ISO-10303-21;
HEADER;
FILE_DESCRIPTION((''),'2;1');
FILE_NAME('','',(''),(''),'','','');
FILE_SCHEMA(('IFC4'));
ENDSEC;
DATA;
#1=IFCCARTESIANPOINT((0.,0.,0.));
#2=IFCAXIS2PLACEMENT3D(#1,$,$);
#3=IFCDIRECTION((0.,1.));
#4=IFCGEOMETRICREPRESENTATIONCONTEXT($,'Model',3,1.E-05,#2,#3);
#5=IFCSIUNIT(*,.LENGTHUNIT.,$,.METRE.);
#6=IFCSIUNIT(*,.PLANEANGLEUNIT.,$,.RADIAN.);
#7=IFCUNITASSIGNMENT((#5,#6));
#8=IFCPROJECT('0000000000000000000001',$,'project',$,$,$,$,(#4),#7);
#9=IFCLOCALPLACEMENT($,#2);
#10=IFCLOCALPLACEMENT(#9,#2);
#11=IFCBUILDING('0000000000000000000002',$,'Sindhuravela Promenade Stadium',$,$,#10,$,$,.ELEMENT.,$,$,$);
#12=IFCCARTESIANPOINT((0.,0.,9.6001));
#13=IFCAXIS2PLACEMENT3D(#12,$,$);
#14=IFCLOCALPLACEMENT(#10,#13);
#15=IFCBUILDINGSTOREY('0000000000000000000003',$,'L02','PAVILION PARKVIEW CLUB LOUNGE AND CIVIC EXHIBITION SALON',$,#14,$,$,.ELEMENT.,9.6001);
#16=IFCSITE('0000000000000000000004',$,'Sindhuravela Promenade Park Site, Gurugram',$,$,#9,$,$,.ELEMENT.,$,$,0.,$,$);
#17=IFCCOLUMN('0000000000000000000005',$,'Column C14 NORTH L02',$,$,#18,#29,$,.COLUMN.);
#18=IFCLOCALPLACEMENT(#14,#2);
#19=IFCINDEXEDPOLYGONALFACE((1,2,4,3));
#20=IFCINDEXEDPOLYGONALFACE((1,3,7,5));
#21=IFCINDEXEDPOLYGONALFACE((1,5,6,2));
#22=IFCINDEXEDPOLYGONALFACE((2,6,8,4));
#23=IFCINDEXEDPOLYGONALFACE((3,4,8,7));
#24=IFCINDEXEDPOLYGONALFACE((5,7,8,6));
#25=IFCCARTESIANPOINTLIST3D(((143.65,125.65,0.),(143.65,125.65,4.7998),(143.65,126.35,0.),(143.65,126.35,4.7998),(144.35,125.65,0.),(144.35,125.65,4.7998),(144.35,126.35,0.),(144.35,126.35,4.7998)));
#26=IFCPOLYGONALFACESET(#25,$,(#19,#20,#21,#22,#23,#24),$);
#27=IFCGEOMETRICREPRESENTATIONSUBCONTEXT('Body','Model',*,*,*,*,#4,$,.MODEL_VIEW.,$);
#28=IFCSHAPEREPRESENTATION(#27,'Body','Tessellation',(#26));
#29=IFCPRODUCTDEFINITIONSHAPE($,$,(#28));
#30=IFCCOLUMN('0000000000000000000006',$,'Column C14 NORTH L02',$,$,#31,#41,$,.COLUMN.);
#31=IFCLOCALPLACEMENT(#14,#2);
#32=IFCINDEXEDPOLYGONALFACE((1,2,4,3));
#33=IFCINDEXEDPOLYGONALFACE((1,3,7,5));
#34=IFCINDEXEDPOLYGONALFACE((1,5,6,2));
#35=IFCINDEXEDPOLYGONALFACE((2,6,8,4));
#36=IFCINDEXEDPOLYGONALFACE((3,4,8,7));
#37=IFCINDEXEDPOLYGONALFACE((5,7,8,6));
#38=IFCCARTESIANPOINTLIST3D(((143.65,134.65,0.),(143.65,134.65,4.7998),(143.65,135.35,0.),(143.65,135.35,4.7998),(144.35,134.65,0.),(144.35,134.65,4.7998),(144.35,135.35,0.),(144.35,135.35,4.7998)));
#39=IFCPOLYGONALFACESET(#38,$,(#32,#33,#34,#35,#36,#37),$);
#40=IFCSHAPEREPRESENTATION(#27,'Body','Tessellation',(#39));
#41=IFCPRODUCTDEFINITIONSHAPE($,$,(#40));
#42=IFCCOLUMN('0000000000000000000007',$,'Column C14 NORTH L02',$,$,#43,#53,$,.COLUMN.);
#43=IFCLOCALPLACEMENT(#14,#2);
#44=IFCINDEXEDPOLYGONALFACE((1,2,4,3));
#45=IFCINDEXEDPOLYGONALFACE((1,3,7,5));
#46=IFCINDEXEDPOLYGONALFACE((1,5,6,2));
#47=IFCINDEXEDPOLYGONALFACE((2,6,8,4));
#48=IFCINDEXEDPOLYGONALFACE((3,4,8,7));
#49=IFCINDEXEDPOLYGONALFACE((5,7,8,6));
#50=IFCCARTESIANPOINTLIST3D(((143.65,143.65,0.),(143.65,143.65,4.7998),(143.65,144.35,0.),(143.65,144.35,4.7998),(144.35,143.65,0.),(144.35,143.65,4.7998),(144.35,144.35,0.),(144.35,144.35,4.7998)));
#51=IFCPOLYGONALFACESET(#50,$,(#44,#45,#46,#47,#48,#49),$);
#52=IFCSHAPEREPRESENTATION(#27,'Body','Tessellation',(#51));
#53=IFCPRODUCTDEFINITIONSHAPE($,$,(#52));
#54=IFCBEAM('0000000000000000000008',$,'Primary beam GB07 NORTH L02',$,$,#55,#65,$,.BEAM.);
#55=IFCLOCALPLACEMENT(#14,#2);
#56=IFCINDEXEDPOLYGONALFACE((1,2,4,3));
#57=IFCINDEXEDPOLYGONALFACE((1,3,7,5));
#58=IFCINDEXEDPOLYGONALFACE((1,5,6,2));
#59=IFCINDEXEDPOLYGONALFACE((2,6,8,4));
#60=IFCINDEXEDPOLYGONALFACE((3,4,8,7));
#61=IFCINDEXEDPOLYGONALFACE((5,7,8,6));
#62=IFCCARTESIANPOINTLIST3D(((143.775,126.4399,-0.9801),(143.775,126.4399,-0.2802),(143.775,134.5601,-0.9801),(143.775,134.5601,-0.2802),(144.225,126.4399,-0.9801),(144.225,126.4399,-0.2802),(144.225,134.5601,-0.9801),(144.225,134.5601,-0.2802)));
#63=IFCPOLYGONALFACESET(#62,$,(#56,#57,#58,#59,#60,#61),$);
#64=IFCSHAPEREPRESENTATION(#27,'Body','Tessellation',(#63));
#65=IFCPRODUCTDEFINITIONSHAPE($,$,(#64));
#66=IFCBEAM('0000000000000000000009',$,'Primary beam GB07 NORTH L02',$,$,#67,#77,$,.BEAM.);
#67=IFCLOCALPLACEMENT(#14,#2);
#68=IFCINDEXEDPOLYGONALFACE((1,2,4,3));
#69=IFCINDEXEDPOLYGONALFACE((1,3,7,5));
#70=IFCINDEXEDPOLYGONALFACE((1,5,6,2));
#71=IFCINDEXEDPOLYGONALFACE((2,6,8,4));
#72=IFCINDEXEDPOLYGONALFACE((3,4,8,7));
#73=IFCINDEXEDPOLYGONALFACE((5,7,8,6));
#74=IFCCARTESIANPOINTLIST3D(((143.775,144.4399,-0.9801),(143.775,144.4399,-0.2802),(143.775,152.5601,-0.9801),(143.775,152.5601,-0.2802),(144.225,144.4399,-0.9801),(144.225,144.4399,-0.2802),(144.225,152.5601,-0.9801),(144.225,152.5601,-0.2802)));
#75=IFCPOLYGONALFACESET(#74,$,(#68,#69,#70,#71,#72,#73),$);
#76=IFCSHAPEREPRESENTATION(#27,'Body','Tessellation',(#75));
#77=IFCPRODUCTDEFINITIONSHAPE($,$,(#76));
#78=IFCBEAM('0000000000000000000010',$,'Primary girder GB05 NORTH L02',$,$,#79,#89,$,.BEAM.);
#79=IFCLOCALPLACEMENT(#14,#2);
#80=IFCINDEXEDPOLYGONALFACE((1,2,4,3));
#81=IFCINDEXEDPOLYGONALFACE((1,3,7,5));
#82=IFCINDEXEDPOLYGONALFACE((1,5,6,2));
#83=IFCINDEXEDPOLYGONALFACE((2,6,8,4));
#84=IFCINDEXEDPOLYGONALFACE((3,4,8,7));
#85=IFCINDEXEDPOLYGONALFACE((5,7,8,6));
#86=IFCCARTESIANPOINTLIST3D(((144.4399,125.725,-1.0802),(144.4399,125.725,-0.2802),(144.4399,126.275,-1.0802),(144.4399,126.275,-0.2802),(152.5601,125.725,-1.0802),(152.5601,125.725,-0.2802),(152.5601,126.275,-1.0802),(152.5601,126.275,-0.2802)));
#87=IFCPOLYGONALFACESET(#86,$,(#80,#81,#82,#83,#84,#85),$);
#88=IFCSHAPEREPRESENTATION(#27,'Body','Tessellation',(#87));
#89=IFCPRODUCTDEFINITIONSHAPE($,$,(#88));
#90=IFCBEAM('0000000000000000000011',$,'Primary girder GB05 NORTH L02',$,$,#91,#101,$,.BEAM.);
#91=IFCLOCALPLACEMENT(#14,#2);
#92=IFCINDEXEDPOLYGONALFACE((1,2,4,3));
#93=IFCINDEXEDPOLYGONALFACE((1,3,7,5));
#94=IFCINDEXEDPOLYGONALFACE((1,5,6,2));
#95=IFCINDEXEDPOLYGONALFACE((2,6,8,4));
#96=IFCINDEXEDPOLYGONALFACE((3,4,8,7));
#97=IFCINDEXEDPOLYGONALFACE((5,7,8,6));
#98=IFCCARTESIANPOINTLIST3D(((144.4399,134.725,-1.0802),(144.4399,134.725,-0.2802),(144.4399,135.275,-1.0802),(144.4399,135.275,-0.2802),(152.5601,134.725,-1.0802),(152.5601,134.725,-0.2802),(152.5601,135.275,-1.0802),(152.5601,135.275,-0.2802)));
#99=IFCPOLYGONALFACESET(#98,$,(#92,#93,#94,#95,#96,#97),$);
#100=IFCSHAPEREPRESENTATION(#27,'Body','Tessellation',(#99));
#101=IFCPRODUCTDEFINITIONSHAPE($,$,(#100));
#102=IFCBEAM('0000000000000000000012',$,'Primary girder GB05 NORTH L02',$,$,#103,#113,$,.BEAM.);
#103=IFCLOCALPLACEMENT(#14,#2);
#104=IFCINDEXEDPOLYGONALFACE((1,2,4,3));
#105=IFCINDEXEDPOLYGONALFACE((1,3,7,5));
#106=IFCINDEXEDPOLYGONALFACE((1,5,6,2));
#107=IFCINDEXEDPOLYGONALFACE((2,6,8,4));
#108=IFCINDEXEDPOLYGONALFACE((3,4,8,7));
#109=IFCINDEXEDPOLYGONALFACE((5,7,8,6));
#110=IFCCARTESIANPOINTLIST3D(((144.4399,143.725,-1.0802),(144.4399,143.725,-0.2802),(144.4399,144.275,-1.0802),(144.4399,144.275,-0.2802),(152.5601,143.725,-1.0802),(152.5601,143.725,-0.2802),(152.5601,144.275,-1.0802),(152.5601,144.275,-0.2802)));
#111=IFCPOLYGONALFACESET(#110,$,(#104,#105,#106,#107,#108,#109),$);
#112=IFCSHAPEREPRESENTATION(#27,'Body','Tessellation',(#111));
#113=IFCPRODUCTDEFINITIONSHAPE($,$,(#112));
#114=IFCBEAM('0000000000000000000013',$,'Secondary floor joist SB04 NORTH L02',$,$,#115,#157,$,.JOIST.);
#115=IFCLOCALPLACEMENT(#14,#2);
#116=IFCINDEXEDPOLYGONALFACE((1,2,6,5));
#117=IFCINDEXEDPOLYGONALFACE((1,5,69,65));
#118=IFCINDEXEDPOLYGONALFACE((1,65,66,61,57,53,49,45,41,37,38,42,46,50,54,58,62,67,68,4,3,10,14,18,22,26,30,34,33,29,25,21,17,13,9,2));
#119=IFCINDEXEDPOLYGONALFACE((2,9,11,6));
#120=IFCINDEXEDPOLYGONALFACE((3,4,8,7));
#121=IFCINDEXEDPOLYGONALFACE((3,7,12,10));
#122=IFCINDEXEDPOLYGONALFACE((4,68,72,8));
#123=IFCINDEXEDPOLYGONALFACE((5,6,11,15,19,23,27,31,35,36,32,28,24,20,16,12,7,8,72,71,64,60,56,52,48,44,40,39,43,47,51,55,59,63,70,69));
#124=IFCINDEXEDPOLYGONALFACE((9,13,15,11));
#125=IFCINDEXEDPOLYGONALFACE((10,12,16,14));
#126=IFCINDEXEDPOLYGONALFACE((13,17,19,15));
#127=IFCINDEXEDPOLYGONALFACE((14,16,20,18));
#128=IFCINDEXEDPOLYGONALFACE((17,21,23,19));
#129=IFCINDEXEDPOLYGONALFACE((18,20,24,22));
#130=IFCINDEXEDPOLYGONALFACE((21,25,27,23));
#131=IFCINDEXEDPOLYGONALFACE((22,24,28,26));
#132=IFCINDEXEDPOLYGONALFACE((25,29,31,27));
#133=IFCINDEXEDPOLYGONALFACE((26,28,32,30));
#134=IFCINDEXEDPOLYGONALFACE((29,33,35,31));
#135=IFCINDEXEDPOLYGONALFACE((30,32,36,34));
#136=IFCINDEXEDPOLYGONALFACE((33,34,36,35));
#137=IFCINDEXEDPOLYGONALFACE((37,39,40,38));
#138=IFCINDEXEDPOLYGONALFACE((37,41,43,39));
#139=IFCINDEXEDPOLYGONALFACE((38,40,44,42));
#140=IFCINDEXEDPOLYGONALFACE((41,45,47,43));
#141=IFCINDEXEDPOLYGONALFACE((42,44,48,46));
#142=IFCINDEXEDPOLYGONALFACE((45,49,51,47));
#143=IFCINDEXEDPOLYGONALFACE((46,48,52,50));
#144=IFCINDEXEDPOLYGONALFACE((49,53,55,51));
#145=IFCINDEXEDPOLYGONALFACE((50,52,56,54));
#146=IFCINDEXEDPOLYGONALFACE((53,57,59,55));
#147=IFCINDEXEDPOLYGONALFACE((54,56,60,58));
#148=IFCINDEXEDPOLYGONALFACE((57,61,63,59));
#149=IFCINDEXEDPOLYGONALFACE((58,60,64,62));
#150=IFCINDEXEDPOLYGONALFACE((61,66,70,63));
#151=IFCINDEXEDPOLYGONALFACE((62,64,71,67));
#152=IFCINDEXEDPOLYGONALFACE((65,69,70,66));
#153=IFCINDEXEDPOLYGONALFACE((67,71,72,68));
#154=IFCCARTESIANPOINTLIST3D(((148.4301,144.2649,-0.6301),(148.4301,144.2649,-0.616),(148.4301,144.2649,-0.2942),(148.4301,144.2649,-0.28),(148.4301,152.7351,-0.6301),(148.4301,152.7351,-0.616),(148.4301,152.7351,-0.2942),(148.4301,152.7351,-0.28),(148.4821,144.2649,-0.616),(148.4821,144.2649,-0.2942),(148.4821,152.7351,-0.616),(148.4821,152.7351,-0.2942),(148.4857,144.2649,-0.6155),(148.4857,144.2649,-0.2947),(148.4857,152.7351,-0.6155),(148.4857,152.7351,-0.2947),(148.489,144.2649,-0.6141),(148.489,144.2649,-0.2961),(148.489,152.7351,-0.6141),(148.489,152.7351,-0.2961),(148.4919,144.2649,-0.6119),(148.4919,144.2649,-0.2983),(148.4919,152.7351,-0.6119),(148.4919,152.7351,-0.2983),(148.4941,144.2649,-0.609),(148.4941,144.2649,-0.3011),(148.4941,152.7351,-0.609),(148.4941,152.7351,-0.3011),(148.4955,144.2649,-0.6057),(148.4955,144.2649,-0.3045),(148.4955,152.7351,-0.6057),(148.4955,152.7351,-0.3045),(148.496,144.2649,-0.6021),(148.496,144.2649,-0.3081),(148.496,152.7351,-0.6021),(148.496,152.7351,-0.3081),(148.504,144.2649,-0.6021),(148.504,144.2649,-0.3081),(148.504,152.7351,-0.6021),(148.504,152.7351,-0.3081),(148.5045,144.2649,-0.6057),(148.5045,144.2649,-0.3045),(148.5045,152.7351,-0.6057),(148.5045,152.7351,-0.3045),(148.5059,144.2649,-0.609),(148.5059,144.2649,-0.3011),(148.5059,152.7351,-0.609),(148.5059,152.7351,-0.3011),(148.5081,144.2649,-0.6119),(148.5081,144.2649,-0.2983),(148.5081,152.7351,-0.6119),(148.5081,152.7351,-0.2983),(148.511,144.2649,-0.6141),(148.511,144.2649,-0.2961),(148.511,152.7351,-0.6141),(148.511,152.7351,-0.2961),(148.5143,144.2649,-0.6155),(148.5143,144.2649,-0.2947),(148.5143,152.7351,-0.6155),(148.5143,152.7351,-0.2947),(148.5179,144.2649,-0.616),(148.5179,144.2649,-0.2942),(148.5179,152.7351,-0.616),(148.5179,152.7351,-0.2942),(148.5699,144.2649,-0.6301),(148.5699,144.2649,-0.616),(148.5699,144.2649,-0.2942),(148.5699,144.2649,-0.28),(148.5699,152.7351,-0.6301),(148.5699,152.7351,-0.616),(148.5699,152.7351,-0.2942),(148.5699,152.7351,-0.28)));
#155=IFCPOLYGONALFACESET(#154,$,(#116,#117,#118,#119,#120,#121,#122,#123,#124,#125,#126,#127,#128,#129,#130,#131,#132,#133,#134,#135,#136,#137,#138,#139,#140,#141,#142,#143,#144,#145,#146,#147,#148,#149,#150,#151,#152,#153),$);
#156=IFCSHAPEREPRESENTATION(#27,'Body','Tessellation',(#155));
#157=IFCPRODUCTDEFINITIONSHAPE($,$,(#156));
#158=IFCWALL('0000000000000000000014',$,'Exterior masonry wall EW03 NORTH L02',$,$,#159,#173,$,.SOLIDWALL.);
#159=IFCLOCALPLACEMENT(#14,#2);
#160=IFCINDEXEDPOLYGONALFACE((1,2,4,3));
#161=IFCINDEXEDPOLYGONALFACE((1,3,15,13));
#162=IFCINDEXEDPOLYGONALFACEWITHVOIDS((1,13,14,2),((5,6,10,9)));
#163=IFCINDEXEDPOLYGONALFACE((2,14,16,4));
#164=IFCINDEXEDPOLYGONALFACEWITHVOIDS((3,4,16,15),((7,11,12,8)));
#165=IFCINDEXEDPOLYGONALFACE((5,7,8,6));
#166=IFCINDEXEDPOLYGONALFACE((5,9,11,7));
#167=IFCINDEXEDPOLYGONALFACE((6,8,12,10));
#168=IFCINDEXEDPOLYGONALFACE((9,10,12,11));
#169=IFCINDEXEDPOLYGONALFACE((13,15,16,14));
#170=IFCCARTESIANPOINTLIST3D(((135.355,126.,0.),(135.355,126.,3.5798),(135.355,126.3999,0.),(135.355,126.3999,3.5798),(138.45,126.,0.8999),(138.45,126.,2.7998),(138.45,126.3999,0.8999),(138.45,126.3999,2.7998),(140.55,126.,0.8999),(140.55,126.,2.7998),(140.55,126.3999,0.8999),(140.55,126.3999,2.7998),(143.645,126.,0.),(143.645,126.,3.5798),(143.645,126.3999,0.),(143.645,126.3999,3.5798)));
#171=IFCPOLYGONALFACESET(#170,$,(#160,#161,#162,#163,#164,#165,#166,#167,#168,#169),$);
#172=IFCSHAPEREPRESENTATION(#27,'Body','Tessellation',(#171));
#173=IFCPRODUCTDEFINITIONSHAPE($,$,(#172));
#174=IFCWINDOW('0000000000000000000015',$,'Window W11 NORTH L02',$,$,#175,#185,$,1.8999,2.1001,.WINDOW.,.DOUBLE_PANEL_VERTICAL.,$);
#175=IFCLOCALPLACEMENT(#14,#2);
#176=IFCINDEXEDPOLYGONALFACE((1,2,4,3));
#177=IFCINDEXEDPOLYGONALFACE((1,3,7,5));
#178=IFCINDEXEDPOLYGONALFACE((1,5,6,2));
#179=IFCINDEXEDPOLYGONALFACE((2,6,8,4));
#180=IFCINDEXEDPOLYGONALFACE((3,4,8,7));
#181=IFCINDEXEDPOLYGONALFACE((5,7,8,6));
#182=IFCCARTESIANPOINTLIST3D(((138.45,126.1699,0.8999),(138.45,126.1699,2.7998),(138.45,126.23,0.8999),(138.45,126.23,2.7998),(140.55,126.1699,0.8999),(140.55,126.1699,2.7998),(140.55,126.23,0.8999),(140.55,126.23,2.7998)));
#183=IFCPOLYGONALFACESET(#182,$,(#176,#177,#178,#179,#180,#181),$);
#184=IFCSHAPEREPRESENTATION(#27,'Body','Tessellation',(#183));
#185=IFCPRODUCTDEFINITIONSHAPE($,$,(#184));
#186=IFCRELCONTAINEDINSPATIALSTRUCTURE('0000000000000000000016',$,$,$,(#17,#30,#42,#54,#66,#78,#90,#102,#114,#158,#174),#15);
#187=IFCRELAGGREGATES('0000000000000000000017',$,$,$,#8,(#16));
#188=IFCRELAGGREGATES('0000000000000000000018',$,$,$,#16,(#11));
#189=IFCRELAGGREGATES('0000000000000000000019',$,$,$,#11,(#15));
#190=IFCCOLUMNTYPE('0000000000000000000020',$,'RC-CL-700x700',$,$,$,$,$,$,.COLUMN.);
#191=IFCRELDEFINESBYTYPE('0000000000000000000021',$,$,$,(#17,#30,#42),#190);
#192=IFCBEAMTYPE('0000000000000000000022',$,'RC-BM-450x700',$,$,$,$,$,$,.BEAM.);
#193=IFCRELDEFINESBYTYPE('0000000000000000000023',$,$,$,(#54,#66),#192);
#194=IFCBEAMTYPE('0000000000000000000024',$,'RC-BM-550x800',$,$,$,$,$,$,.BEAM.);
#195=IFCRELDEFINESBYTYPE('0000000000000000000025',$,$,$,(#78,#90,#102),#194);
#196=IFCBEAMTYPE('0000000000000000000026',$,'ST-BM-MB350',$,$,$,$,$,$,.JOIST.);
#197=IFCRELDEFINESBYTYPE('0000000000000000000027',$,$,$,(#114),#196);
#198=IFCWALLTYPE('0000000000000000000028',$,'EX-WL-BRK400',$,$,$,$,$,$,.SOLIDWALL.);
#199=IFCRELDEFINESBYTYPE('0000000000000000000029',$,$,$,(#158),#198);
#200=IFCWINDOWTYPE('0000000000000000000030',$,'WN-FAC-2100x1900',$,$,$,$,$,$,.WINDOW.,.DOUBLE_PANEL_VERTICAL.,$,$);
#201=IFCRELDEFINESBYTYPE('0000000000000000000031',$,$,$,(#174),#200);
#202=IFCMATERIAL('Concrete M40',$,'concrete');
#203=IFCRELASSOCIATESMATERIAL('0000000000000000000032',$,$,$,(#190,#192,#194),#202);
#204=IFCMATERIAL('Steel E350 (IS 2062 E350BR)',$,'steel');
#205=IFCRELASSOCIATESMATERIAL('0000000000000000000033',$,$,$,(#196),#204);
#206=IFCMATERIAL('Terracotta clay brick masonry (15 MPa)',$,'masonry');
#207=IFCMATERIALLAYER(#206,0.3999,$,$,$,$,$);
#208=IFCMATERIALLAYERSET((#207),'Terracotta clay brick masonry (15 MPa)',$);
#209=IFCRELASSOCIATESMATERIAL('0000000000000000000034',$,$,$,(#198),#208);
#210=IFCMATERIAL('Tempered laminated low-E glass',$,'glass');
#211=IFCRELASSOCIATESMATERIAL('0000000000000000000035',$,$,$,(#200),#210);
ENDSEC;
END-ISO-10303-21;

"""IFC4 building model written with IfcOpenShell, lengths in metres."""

from ifc_helpers import new_model, si_unit, direction, frame, frame_2d, origin, origin_2d, place, context, subcontext, project, spatial, rectangle, i_section, extrude, material, layer, layer_set, material_profile, profile_set, type_object, element, fill, save


model = new_model("IFC4")

# Units and contexts
model_context = context("Model", 3, precision=1e-05, world=origin(), true_north=direction((0.0, 1.0)))
body_context = subcontext(model_context, "Body", "Model", "MODEL_VIEW")
ifc_project = project(units=[si_unit("LENGTHUNIT", "METRE"), si_unit("PLANEANGLEUNIT", "RADIAN")], contexts=[model_context])

# Site, building, storey
site_placement = place(None, origin())
site = spatial("IfcSite", under=ifc_project, at=site_placement, Name="Sindhuravela Promenade Park Site, Gurugram", CompositionType="ELEMENT", RefElevation=0.0)
building_placement = place(site_placement, origin())
building = spatial("IfcBuilding", under=site, at=building_placement, Name="Sindhuravela Promenade Stadium", CompositionType="ELEMENT")
storey_placement = place(building_placement, frame((0.0, 0.0, 9.6001)))
storey = spatial("IfcBuildingStorey", under=building, at=storey_placement, Name="L02", Description="PAVILION PARKVIEW CLUB LOUNGE AND CIVIC EXHIBITION SALON", CompositionType="ELEMENT", Elevation=9.6001)

# Columns
ifc_material_1 = material(Name="Concrete M40", Category="concrete")
ifc_material_profile_1 = material_profile(ifc_material_1, rectangle(XDim=0.7, YDim=0.7, at=origin_2d()), Name="RC 700x700")
ifc_profile_set_1 = profile_set([ifc_material_profile_1], Name="Concrete M40")
column_type = type_object("IfcColumnType", Name="RC-CL-700x700", PredefinedType="COLUMN", material=ifc_profile_set_1)
for number, where, z_axis, x_axis, name in (
    (1, (144.0, 126.0, 0.0), (0.0, 0.0, 1.0), (1.0, 0.0, 0.0), "Column C14 NORTH L02"),
    (2, (144.0, 135.0, 0.0), (0.0, 0.0, 1.0), (1.0, 0.0, 0.0), "Column C14 NORTH L02"),
    (3, (144.0, 144.0, 0.0), (0.0, 0.0, 1.0), (1.0, 0.0, 0.0), "Column C14 NORTH L02"),
):
    element("IfcColumn", number, at=place(storey_placement, frame(where, z_axis=z_axis, x_axis=x_axis)), inside=storey, type_object=column_type, Name=name, PredefinedType="COLUMN", context=body_context, shape_type="SweptSolid", body=[
        extrude(rectangle(XDim=0.7, YDim=0.7, at=origin_2d()), origin(), (0.0, 0.0, 1.0), 4.7998),
    ])

# Beams
ifc_material_profile_2 = material_profile(ifc_material_1, rectangle(XDim=0.45, YDim=0.7, at=origin_2d()), Name="RC 450x700")
ifc_profile_set_2 = profile_set([ifc_material_profile_2], Name="Concrete M40")
beam_type_1 = type_object("IfcBeamType", Name="RC-BM-450x700", PredefinedType="BEAM", material=ifc_profile_set_2)
for number, where, z_axis, x_axis, name in (
    (4, (144.0, 126.4399, -0.6301), (0.0, 1.0, 0.0), (-1.0, 0.0, 0.0), "Primary beam GB07 NORTH L02"),
    (5, (144.0, 144.4399, -0.6301), (0.0, 1.0, 0.0), (-1.0, 0.0, 0.0), "Primary beam GB07 NORTH L02"),
):
    element("IfcBeam", number, at=place(storey_placement, frame(where, z_axis=z_axis, x_axis=x_axis)), inside=storey, type_object=beam_type_1, Name=name, PredefinedType="BEAM", context=body_context, shape_type="SweptSolid", body=[
        extrude(rectangle(XDim=0.45, YDim=0.7, at=origin_2d()), origin(), (0.0, 0.0, 1.0), 8.1201),
    ])
ifc_material_profile_3 = material_profile(ifc_material_1, rectangle(XDim=0.55, YDim=0.8, at=origin_2d()), Name="RC 550x800")
ifc_profile_set_3 = profile_set([ifc_material_profile_3], Name="Concrete M40")
beam_type_2 = type_object("IfcBeamType", Name="RC-BM-550x800", PredefinedType="BEAM", material=ifc_profile_set_3)
for number, where, z_axis, x_axis, name in (
    (6, (144.4399, 126.0, -0.6802), (1.0, 0.0, 0.0), (0.0, 1.0, 0.0), "Primary girder GB05 NORTH L02"),
    (7, (144.4399, 135.0, -0.6802), (1.0, 0.0, 0.0), (0.0, 1.0, 0.0), "Primary girder GB05 NORTH L02"),
    (8, (144.4399, 144.0, -0.6802), (1.0, 0.0, 0.0), (0.0, 1.0, 0.0), "Primary girder GB05 NORTH L02"),
):
    element("IfcBeam", number, at=place(storey_placement, frame(where, z_axis=z_axis, x_axis=x_axis)), inside=storey, type_object=beam_type_2, Name=name, PredefinedType="BEAM", context=body_context, shape_type="SweptSolid", body=[
        extrude(rectangle(XDim=0.55, YDim=0.8, at=origin_2d()), origin(), (0.0, 0.0, 1.0), 8.1201),
    ])
ifc_material_2 = material(Name="Steel E350 (IS 2062 E350BR)", Category="steel")
ifc_material_profile_4 = material_profile(ifc_material_2, i_section(OverallWidth=0.1399, OverallDepth=0.3501, WebThickness=0.0081, FlangeThickness=0.0142, FilletRadius=0.0139, at=origin_2d()), Name="ISMB 350")
ifc_profile_set_4 = profile_set([ifc_material_profile_4], Name="Steel E350 (IS 2062 E350BR)")
beam_type_3 = type_object("IfcBeamType", Name="ST-BM-MB350", PredefinedType="JOIST", material=ifc_profile_set_4)
beam_placement = place(storey_placement, frame((148.5, 144.2649, -0.4551), z_axis=(0.0, 1.0, 0.0), x_axis=(-1.0, 0.0, 0.0)))
element("IfcBeam", 9, at=beam_placement, inside=storey, type_object=beam_type_3, Name="Secondary floor joist SB04 NORTH L02", PredefinedType="JOIST", context=body_context, shape_type="SweptSolid", body=[
    extrude(i_section(OverallWidth=0.1399, OverallDepth=0.3501, WebThickness=0.0081, FlangeThickness=0.0142, FilletRadius=0.0139, at=origin_2d()), origin(), (0.0, 0.0, 1.0), 8.4702),
])

# Wall, opening, window
ifc_material_3 = material(Name="Terracotta clay brick masonry (15 MPa)", Category="masonry")
ifc_layer_1 = layer(ifc_material_3, 0.3999)
ifc_layer_set_1 = layer_set([ifc_layer_1], Name="Terracotta clay brick masonry (15 MPa)")
wall_type_1 = type_object("IfcWallType", Name="EX-WL-BRK400", PredefinedType="SOLIDWALL", material=ifc_layer_set_1)
wall_1_placement = place(storey_placement, frame((143.645, 126.2, 0.0), z_axis=(0.0, 0.0, 1.0), x_axis=(-1.0, 0.0, 0.0)))
wall_1 = element("IfcWall", 10, at=wall_1_placement, inside=storey, type_object=wall_type_1, Name="Exterior masonry wall EW03 NORTH L02", PredefinedType="SOLIDWALL", context=body_context, shape_type="SweptSolid", body=[
    extrude(rectangle(XDim=8.29, YDim=0.3999, at=frame_2d((4.145, 0.0))), origin(), (0.0, 0.0, 1.0), 3.5798),
])
opening_1_placement = place(wall_1_placement, frame((3.095, 0.0, 0.8999)))
opening_1 = element("IfcOpeningElement", 11, at=opening_1_placement, cuts=wall_1, PredefinedType="OPENING", context=body_context, shape_type="SweptSolid", body=[
    extrude(rectangle(XDim=2.1001, YDim=1.8999, at=frame_2d((1.05, 0.95))), frame((0.0, 0.21, 0.0), z_axis=(0.0, -1.0, 0.0), x_axis=(1.0, 0.0, 0.0)), (0.0, 0.0, 1.0), 0.4199),
])
ifc_material_4 = material(Name="Tempered laminated low-E glass", Category="glass")
window_type_1 = type_object("IfcWindowType", Name="WN-FAC-2100x1900", PartitioningType="DOUBLE_PANEL_VERTICAL", PredefinedType="WINDOW", material=ifc_material_4)
window_1_placement = place(opening_1_placement, origin())
window_1 = element("IfcWindow", 12, at=window_1_placement, inside=storey, type_object=window_type_1, Name="Window W11 NORTH L02", OverallHeight=1.8999, OverallWidth=2.1001, PartitioningType="DOUBLE_PANEL_VERTICAL", PredefinedType="WINDOW", context=body_context, shape_type="SweptSolid", body=[
    extrude(rectangle(XDim=2.1001, YDim=1.8999, at=frame_2d((1.05, 0.95))), frame((0.0, 0.03, 0.0), z_axis=(0.0, -1.0, 0.0), x_axis=(1.0, 0.0, 0.0)), (0.0, 0.0, 1.0), 0.0601),
])
fill(opening_1, window_1)

save(model, "model.ifc")
